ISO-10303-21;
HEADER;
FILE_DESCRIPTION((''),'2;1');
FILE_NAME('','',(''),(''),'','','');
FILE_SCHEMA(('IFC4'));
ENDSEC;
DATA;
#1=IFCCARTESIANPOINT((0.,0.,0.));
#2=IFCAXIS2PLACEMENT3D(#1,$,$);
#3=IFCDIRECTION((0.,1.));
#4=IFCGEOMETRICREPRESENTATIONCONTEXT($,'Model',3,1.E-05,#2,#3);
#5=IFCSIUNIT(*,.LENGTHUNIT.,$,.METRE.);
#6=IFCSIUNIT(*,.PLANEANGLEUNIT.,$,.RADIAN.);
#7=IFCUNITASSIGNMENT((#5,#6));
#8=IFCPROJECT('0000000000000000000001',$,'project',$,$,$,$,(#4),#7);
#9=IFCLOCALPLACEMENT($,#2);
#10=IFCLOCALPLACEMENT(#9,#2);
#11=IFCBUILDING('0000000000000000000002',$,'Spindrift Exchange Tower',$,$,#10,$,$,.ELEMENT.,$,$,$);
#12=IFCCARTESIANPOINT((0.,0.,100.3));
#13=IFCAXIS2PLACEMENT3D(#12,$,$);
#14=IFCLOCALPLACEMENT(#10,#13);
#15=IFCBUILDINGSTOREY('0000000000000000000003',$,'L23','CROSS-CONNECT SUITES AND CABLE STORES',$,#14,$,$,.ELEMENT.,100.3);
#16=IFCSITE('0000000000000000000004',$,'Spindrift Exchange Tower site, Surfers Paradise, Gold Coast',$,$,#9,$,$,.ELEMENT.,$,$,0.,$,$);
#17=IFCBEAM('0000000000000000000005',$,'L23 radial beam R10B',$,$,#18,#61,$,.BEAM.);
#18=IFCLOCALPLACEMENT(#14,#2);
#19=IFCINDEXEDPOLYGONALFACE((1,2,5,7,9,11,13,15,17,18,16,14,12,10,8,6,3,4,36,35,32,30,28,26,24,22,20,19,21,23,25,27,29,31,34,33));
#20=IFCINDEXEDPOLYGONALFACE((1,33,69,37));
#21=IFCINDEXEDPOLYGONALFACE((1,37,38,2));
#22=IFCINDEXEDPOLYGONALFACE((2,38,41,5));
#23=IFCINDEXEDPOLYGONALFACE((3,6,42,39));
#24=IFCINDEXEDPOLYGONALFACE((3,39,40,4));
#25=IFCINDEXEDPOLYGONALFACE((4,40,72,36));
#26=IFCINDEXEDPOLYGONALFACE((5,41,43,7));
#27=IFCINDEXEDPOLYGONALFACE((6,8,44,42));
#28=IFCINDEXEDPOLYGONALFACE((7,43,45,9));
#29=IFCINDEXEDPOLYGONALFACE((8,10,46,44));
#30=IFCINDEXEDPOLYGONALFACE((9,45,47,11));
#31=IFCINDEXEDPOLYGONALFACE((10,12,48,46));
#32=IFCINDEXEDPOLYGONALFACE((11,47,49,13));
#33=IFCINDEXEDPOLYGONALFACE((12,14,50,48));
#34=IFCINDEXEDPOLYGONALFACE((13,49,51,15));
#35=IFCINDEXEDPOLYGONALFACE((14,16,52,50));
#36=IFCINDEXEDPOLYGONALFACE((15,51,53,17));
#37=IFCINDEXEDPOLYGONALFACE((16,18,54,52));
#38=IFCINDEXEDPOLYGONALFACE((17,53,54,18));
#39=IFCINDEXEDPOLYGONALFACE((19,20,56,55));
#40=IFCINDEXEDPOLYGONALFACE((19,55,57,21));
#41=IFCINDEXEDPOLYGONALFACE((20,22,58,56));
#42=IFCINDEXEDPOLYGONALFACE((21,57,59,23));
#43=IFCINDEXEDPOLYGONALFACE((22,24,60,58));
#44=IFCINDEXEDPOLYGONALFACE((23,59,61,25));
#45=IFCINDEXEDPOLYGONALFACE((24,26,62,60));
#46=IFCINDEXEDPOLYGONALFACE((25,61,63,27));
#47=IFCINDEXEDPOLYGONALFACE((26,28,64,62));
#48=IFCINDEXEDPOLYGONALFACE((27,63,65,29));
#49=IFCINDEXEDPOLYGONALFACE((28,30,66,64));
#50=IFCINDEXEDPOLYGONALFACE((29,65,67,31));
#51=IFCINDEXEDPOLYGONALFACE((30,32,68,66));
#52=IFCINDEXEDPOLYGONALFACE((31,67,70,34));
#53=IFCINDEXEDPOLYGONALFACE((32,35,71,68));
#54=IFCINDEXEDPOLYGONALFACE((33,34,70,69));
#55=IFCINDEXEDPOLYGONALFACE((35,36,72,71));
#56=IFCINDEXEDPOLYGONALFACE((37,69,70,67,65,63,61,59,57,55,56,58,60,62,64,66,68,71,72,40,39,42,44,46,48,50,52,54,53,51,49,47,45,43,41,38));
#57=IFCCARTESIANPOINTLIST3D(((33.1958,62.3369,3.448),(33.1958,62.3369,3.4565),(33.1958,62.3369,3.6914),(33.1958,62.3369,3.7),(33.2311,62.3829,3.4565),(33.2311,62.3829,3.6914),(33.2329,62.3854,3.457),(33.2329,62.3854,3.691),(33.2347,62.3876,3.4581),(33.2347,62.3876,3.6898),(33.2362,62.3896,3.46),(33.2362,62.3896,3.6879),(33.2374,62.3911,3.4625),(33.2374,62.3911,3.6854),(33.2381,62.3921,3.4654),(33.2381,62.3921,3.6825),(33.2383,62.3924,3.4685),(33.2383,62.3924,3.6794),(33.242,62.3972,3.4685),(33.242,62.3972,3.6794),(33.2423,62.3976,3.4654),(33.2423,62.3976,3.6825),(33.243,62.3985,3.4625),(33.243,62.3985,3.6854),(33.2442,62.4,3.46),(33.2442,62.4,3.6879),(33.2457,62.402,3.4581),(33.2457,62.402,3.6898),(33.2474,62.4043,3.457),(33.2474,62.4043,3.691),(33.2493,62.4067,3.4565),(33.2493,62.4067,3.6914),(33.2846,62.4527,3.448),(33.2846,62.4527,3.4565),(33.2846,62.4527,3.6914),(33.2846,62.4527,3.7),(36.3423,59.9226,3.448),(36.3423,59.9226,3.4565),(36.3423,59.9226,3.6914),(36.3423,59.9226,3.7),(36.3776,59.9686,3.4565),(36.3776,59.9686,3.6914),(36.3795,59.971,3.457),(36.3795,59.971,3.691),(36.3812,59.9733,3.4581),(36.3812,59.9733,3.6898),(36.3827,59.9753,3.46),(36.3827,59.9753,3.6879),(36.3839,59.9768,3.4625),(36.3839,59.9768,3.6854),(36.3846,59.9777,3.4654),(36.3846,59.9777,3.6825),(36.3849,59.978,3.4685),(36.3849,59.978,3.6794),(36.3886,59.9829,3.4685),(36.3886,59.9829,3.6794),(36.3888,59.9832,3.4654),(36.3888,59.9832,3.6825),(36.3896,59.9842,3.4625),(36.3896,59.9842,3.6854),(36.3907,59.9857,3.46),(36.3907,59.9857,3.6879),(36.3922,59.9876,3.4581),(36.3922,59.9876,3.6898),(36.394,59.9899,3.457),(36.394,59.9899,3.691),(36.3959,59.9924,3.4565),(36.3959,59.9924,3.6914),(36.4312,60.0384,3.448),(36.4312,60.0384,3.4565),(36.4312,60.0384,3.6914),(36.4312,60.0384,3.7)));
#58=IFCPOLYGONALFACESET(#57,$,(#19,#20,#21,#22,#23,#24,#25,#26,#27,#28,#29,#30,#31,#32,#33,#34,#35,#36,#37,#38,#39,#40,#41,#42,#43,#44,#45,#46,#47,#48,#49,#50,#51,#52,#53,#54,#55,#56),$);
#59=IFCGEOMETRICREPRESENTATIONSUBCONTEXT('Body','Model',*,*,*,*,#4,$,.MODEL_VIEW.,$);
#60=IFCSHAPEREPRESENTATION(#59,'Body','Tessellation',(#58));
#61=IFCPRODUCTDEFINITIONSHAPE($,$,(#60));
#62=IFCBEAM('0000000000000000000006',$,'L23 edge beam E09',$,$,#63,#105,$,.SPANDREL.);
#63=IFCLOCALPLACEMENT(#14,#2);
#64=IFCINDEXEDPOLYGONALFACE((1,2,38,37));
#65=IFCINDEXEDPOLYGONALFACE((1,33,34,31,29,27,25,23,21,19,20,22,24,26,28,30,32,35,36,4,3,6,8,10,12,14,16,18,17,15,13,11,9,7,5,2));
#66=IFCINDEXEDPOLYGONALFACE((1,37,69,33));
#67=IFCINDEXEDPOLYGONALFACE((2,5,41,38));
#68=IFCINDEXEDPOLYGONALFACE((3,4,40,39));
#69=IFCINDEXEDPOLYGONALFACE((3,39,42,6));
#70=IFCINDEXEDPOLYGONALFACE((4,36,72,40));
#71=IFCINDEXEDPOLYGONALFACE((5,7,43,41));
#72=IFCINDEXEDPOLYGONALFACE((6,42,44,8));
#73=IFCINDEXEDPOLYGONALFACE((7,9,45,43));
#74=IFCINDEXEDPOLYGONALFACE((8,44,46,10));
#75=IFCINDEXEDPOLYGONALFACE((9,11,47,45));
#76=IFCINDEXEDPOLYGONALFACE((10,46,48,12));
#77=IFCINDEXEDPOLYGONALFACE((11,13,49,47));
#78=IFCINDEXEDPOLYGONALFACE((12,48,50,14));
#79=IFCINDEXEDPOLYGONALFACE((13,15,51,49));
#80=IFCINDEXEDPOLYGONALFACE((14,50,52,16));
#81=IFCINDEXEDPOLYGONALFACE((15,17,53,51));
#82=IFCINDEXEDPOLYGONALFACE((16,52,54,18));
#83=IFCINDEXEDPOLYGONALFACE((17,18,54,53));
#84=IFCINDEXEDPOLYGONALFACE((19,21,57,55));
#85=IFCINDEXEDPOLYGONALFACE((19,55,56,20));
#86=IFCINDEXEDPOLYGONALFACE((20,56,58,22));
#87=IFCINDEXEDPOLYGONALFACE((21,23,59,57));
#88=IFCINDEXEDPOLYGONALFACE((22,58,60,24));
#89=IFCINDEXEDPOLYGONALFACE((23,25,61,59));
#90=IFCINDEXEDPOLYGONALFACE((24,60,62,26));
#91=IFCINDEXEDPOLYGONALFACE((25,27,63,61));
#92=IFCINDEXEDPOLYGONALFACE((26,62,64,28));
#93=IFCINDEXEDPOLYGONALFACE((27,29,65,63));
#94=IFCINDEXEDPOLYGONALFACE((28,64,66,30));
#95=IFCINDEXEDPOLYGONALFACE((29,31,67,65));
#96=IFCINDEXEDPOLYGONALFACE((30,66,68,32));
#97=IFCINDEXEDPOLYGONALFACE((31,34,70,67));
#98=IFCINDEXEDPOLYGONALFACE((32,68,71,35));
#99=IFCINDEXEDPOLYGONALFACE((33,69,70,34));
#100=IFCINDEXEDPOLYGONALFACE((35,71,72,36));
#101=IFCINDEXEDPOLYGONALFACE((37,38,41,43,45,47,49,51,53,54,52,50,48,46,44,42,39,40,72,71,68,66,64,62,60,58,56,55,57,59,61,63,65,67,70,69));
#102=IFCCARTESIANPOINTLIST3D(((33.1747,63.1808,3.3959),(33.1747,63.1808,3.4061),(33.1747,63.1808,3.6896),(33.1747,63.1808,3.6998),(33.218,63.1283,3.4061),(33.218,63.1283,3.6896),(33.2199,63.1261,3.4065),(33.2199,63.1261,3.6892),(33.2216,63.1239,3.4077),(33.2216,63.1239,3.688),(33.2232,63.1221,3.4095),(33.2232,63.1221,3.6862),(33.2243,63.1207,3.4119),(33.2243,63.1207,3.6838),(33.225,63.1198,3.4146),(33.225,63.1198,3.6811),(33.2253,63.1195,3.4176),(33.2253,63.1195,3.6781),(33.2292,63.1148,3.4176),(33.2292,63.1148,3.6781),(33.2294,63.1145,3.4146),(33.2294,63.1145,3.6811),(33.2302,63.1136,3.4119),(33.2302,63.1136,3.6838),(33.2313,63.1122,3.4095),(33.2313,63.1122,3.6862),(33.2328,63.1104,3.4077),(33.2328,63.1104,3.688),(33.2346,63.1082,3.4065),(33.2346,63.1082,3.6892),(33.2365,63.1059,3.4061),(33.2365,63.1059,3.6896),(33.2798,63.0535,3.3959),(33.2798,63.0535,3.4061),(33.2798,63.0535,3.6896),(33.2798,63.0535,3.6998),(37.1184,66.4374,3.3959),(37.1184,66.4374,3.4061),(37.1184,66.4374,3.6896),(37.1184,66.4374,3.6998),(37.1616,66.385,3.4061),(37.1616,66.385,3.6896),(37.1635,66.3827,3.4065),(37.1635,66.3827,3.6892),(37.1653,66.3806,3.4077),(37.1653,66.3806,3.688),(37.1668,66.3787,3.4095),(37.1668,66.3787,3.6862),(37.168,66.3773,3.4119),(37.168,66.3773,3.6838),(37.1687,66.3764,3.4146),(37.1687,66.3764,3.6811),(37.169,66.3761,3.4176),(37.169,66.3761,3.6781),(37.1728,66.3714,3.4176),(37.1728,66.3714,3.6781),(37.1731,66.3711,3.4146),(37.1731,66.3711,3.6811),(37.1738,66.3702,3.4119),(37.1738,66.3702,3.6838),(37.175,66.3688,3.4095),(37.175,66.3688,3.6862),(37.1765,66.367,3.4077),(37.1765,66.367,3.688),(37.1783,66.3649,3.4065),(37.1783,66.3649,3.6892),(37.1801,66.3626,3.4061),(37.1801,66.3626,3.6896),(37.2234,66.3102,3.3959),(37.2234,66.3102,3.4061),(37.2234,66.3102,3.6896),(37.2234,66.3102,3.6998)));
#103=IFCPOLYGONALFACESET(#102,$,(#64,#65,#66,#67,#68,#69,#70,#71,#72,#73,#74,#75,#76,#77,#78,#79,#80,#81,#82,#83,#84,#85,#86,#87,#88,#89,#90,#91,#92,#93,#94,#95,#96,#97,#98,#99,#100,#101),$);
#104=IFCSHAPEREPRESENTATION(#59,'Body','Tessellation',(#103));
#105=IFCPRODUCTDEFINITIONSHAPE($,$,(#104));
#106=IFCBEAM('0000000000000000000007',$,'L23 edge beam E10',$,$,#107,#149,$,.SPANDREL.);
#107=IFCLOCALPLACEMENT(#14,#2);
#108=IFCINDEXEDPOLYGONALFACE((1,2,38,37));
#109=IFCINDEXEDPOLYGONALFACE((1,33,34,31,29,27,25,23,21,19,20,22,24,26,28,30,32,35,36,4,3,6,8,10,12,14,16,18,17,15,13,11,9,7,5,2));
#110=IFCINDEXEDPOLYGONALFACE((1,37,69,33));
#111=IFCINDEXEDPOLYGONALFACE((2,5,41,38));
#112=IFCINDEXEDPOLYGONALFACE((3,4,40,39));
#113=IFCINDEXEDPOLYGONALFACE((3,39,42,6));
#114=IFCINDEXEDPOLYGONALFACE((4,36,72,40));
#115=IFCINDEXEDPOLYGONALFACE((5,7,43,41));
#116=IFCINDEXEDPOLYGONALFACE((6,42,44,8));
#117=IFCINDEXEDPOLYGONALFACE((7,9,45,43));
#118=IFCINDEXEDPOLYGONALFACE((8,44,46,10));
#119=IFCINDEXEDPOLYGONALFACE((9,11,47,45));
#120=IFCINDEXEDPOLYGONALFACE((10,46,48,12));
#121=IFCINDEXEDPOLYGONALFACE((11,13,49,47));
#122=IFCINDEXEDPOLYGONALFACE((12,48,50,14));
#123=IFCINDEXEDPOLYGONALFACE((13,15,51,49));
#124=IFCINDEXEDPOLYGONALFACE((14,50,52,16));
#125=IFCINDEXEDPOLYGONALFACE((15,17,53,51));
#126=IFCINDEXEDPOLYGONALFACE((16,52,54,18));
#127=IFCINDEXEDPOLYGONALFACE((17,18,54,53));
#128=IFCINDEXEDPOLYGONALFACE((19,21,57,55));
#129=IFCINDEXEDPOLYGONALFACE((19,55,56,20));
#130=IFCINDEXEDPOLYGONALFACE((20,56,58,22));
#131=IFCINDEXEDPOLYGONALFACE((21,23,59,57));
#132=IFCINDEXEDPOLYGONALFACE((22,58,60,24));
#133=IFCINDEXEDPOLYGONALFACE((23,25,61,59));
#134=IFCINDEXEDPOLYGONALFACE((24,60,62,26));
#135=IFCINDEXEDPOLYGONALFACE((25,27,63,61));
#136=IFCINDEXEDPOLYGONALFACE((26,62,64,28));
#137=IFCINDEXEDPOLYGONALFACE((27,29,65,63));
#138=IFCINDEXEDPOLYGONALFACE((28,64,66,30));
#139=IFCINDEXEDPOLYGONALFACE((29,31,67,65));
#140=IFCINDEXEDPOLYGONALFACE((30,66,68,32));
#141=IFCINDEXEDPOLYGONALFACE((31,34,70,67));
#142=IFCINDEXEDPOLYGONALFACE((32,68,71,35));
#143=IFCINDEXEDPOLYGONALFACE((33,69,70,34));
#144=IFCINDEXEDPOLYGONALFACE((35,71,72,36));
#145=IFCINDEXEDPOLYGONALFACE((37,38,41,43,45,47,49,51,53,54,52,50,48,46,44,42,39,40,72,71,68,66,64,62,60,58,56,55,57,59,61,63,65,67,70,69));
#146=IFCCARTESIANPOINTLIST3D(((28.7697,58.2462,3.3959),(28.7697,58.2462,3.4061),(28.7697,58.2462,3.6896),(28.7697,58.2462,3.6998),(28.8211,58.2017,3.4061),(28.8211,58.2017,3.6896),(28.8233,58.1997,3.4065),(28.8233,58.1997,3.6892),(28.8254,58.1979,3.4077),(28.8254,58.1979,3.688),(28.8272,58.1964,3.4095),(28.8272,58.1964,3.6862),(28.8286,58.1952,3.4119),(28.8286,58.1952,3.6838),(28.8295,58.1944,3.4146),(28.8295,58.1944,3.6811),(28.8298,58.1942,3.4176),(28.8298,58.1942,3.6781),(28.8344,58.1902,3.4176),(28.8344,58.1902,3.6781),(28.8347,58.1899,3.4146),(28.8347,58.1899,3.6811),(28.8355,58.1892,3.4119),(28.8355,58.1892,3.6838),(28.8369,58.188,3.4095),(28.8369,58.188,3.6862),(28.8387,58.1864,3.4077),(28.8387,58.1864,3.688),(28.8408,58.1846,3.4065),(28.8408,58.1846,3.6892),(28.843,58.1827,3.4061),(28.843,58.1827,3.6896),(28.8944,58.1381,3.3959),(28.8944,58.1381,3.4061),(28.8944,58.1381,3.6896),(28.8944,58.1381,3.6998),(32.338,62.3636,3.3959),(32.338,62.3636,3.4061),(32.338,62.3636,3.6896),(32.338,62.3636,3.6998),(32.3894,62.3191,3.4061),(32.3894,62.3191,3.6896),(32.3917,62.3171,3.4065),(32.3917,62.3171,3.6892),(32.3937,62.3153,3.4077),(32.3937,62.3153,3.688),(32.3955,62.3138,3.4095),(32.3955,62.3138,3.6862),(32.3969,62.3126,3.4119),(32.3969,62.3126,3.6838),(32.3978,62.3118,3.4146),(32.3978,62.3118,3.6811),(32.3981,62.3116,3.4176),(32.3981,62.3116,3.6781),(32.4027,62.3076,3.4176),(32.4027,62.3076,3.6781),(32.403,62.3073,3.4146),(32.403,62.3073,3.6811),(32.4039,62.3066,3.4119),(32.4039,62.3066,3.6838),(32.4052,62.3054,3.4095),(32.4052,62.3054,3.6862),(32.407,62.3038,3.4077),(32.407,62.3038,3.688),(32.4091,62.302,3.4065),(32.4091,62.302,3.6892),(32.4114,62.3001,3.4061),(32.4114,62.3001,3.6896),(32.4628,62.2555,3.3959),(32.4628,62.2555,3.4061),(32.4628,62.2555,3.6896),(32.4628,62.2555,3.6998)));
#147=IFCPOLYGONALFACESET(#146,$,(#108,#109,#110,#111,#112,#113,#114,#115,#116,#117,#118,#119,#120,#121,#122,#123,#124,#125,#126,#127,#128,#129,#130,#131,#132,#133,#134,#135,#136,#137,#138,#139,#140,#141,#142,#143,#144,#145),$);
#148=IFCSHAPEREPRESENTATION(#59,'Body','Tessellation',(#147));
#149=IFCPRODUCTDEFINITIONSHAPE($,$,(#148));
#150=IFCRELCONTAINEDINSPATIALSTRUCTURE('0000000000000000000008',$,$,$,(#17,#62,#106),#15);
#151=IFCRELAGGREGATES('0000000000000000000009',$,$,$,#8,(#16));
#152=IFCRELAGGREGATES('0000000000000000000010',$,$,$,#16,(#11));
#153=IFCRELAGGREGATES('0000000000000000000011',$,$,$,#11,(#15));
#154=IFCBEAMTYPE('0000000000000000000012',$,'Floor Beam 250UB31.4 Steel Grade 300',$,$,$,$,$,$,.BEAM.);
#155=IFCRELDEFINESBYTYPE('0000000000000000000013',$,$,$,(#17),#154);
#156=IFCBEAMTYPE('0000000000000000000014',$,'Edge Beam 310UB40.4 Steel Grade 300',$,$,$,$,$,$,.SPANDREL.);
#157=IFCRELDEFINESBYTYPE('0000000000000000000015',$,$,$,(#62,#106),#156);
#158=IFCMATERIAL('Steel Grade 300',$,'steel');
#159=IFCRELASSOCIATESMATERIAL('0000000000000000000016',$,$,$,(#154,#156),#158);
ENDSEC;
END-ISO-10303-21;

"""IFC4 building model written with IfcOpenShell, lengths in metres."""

from ifc_helpers import new_model, si_unit, direction, frame, origin, origin_2d, place, context, subcontext, project, spatial, i_section, extrude, source, transform, mapped, material, material_profile, profile_set, type_object, element, save


model = new_model("IFC4")

# Units and contexts
model_context = context("Model", 3, precision=1e-05, world=origin(), true_north=direction((0.0, 1.0)))
body_context = subcontext(model_context, "Body", "Model", "MODEL_VIEW")
ifc_project = project(units=[si_unit("LENGTHUNIT", "METRE"), si_unit("PLANEANGLEUNIT", "RADIAN")], contexts=[model_context])

# Site, building, storey
site_placement = place(None, origin())
site = spatial("IfcSite", under=ifc_project, at=site_placement, Name="Spindrift Exchange Tower site, Surfers Paradise, Gold Coast", CompositionType="ELEMENT", RefElevation=0.0)
building_placement = place(site_placement, origin())
building = spatial("IfcBuilding", under=site, at=building_placement, Name="Spindrift Exchange Tower", CompositionType="ELEMENT")
storey_placement = place(building_placement, frame((0.0, 0.0, 100.3)))
storey = spatial("IfcBuildingStorey", under=building, at=storey_placement, Name="L23", Description="CROSS-CONNECT SUITES AND CABLE STORES", CompositionType="ELEMENT", Elevation=100.3)

# Beams
ifc_material_1 = material(Name="Steel Grade 300", Category="steel")
ifc_material_profile_1 = material_profile(ifc_material_1, i_section(OverallWidth=0.146, OverallDepth=0.252, WebThickness=0.0061, FlangeThickness=0.0085, FilletRadius=0.012, at=origin_2d()), Name="250UB31.4")
ifc_profile_set_1 = profile_set([ifc_material_profile_1], Name="Steel Grade 300")
beam_type_1 = type_object("IfcBeamType", Name="Floor Beam 250UB31.4 Steel Grade 300", PredefinedType="BEAM", material=ifc_profile_set_1)
shared_shape_1 = source(origin(), body_context, "Body", "SweptSolid", [
    extrude(i_section(OverallWidth=0.146, OverallDepth=0.252, WebThickness=0.0061, FlangeThickness=0.0085, FilletRadius=0.012, at=origin_2d()), origin(), (0.0, 0.0, 1.0), 3.9661),
])
beam_1_placement = place(storey_placement, frame((36.3867, 59.9805, 3.574), z_axis=(-0.793363, 0.608749, 0.0), x_axis=(-0.608749, -0.793363, 0.0)))
element("IfcBeam", 1, at=beam_1_placement, inside=storey, type_object=beam_type_1, Name="L23 radial beam R10B", PredefinedType="BEAM", context=body_context, shape_type="MappedRepresentation", body=[
    mapped(shared_shape_1, transform((0.0, 0.0, 0.0), scale=1.0)),
])
ifc_material_profile_2 = material_profile(ifc_material_1, i_section(OverallWidth=0.165, OverallDepth=0.304, WebThickness=0.0061, FlangeThickness=0.0103, FilletRadius=0.0115, at=origin_2d()), Name="310UB40.4")
ifc_profile_set_2 = profile_set([ifc_material_profile_2], Name="Steel Grade 300")
beam_type_2 = type_object("IfcBeamType", Name="Edge Beam 310UB40.4 Steel Grade 300", PredefinedType="SPANDREL", material=ifc_profile_set_2)
shared_shape_2 = source(origin(), body_context, "Body", "SweptSolid", [
    extrude(i_section(OverallWidth=0.165, OverallDepth=0.304, WebThickness=0.0061, FlangeThickness=0.0103, FilletRadius=0.0115, at=origin_2d()), origin(), (0.0, 0.0, 1.0), 5.1145),
])
beam_2_placement = place(storey_placement, frame((37.1709, 66.3738, 3.5479), z_axis=(-0.771074, -0.636746, 0.0), x_axis=(0.636746, -0.771074, 0.0)))
element("IfcBeam", 2, at=beam_2_placement, inside=storey, type_object=beam_type_2, Name="L23 edge beam E09", PredefinedType="SPANDREL", context=body_context, shape_type="MappedRepresentation", body=[
    mapped(shared_shape_2, transform((0.0, 0.0, 0.0), scale=1.0)),
])
shared_shape_3 = source(origin(), body_context, "Body", "SweptSolid", [
    extrude(i_section(OverallWidth=0.165, OverallDepth=0.304, WebThickness=0.0061, FlangeThickness=0.0103, FilletRadius=0.0115, at=origin_2d()), origin(), (0.0, 0.0, 1.0), 5.4485),
])
beam_3_placement = place(storey_placement, frame((32.4004, 62.3096, 3.5479), z_axis=(-0.654922, -0.755696, 0.0), x_axis=(0.755696, -0.654922, 0.0)))
element("IfcBeam", 3, at=beam_3_placement, inside=storey, type_object=beam_type_2, Name="L23 edge beam E10", PredefinedType="SPANDREL", context=body_context, shape_type="MappedRepresentation", body=[
    mapped(shared_shape_3, transform((0.0, 0.0, 0.0), scale=1.0)),
])

save(model, "model.ifc")
